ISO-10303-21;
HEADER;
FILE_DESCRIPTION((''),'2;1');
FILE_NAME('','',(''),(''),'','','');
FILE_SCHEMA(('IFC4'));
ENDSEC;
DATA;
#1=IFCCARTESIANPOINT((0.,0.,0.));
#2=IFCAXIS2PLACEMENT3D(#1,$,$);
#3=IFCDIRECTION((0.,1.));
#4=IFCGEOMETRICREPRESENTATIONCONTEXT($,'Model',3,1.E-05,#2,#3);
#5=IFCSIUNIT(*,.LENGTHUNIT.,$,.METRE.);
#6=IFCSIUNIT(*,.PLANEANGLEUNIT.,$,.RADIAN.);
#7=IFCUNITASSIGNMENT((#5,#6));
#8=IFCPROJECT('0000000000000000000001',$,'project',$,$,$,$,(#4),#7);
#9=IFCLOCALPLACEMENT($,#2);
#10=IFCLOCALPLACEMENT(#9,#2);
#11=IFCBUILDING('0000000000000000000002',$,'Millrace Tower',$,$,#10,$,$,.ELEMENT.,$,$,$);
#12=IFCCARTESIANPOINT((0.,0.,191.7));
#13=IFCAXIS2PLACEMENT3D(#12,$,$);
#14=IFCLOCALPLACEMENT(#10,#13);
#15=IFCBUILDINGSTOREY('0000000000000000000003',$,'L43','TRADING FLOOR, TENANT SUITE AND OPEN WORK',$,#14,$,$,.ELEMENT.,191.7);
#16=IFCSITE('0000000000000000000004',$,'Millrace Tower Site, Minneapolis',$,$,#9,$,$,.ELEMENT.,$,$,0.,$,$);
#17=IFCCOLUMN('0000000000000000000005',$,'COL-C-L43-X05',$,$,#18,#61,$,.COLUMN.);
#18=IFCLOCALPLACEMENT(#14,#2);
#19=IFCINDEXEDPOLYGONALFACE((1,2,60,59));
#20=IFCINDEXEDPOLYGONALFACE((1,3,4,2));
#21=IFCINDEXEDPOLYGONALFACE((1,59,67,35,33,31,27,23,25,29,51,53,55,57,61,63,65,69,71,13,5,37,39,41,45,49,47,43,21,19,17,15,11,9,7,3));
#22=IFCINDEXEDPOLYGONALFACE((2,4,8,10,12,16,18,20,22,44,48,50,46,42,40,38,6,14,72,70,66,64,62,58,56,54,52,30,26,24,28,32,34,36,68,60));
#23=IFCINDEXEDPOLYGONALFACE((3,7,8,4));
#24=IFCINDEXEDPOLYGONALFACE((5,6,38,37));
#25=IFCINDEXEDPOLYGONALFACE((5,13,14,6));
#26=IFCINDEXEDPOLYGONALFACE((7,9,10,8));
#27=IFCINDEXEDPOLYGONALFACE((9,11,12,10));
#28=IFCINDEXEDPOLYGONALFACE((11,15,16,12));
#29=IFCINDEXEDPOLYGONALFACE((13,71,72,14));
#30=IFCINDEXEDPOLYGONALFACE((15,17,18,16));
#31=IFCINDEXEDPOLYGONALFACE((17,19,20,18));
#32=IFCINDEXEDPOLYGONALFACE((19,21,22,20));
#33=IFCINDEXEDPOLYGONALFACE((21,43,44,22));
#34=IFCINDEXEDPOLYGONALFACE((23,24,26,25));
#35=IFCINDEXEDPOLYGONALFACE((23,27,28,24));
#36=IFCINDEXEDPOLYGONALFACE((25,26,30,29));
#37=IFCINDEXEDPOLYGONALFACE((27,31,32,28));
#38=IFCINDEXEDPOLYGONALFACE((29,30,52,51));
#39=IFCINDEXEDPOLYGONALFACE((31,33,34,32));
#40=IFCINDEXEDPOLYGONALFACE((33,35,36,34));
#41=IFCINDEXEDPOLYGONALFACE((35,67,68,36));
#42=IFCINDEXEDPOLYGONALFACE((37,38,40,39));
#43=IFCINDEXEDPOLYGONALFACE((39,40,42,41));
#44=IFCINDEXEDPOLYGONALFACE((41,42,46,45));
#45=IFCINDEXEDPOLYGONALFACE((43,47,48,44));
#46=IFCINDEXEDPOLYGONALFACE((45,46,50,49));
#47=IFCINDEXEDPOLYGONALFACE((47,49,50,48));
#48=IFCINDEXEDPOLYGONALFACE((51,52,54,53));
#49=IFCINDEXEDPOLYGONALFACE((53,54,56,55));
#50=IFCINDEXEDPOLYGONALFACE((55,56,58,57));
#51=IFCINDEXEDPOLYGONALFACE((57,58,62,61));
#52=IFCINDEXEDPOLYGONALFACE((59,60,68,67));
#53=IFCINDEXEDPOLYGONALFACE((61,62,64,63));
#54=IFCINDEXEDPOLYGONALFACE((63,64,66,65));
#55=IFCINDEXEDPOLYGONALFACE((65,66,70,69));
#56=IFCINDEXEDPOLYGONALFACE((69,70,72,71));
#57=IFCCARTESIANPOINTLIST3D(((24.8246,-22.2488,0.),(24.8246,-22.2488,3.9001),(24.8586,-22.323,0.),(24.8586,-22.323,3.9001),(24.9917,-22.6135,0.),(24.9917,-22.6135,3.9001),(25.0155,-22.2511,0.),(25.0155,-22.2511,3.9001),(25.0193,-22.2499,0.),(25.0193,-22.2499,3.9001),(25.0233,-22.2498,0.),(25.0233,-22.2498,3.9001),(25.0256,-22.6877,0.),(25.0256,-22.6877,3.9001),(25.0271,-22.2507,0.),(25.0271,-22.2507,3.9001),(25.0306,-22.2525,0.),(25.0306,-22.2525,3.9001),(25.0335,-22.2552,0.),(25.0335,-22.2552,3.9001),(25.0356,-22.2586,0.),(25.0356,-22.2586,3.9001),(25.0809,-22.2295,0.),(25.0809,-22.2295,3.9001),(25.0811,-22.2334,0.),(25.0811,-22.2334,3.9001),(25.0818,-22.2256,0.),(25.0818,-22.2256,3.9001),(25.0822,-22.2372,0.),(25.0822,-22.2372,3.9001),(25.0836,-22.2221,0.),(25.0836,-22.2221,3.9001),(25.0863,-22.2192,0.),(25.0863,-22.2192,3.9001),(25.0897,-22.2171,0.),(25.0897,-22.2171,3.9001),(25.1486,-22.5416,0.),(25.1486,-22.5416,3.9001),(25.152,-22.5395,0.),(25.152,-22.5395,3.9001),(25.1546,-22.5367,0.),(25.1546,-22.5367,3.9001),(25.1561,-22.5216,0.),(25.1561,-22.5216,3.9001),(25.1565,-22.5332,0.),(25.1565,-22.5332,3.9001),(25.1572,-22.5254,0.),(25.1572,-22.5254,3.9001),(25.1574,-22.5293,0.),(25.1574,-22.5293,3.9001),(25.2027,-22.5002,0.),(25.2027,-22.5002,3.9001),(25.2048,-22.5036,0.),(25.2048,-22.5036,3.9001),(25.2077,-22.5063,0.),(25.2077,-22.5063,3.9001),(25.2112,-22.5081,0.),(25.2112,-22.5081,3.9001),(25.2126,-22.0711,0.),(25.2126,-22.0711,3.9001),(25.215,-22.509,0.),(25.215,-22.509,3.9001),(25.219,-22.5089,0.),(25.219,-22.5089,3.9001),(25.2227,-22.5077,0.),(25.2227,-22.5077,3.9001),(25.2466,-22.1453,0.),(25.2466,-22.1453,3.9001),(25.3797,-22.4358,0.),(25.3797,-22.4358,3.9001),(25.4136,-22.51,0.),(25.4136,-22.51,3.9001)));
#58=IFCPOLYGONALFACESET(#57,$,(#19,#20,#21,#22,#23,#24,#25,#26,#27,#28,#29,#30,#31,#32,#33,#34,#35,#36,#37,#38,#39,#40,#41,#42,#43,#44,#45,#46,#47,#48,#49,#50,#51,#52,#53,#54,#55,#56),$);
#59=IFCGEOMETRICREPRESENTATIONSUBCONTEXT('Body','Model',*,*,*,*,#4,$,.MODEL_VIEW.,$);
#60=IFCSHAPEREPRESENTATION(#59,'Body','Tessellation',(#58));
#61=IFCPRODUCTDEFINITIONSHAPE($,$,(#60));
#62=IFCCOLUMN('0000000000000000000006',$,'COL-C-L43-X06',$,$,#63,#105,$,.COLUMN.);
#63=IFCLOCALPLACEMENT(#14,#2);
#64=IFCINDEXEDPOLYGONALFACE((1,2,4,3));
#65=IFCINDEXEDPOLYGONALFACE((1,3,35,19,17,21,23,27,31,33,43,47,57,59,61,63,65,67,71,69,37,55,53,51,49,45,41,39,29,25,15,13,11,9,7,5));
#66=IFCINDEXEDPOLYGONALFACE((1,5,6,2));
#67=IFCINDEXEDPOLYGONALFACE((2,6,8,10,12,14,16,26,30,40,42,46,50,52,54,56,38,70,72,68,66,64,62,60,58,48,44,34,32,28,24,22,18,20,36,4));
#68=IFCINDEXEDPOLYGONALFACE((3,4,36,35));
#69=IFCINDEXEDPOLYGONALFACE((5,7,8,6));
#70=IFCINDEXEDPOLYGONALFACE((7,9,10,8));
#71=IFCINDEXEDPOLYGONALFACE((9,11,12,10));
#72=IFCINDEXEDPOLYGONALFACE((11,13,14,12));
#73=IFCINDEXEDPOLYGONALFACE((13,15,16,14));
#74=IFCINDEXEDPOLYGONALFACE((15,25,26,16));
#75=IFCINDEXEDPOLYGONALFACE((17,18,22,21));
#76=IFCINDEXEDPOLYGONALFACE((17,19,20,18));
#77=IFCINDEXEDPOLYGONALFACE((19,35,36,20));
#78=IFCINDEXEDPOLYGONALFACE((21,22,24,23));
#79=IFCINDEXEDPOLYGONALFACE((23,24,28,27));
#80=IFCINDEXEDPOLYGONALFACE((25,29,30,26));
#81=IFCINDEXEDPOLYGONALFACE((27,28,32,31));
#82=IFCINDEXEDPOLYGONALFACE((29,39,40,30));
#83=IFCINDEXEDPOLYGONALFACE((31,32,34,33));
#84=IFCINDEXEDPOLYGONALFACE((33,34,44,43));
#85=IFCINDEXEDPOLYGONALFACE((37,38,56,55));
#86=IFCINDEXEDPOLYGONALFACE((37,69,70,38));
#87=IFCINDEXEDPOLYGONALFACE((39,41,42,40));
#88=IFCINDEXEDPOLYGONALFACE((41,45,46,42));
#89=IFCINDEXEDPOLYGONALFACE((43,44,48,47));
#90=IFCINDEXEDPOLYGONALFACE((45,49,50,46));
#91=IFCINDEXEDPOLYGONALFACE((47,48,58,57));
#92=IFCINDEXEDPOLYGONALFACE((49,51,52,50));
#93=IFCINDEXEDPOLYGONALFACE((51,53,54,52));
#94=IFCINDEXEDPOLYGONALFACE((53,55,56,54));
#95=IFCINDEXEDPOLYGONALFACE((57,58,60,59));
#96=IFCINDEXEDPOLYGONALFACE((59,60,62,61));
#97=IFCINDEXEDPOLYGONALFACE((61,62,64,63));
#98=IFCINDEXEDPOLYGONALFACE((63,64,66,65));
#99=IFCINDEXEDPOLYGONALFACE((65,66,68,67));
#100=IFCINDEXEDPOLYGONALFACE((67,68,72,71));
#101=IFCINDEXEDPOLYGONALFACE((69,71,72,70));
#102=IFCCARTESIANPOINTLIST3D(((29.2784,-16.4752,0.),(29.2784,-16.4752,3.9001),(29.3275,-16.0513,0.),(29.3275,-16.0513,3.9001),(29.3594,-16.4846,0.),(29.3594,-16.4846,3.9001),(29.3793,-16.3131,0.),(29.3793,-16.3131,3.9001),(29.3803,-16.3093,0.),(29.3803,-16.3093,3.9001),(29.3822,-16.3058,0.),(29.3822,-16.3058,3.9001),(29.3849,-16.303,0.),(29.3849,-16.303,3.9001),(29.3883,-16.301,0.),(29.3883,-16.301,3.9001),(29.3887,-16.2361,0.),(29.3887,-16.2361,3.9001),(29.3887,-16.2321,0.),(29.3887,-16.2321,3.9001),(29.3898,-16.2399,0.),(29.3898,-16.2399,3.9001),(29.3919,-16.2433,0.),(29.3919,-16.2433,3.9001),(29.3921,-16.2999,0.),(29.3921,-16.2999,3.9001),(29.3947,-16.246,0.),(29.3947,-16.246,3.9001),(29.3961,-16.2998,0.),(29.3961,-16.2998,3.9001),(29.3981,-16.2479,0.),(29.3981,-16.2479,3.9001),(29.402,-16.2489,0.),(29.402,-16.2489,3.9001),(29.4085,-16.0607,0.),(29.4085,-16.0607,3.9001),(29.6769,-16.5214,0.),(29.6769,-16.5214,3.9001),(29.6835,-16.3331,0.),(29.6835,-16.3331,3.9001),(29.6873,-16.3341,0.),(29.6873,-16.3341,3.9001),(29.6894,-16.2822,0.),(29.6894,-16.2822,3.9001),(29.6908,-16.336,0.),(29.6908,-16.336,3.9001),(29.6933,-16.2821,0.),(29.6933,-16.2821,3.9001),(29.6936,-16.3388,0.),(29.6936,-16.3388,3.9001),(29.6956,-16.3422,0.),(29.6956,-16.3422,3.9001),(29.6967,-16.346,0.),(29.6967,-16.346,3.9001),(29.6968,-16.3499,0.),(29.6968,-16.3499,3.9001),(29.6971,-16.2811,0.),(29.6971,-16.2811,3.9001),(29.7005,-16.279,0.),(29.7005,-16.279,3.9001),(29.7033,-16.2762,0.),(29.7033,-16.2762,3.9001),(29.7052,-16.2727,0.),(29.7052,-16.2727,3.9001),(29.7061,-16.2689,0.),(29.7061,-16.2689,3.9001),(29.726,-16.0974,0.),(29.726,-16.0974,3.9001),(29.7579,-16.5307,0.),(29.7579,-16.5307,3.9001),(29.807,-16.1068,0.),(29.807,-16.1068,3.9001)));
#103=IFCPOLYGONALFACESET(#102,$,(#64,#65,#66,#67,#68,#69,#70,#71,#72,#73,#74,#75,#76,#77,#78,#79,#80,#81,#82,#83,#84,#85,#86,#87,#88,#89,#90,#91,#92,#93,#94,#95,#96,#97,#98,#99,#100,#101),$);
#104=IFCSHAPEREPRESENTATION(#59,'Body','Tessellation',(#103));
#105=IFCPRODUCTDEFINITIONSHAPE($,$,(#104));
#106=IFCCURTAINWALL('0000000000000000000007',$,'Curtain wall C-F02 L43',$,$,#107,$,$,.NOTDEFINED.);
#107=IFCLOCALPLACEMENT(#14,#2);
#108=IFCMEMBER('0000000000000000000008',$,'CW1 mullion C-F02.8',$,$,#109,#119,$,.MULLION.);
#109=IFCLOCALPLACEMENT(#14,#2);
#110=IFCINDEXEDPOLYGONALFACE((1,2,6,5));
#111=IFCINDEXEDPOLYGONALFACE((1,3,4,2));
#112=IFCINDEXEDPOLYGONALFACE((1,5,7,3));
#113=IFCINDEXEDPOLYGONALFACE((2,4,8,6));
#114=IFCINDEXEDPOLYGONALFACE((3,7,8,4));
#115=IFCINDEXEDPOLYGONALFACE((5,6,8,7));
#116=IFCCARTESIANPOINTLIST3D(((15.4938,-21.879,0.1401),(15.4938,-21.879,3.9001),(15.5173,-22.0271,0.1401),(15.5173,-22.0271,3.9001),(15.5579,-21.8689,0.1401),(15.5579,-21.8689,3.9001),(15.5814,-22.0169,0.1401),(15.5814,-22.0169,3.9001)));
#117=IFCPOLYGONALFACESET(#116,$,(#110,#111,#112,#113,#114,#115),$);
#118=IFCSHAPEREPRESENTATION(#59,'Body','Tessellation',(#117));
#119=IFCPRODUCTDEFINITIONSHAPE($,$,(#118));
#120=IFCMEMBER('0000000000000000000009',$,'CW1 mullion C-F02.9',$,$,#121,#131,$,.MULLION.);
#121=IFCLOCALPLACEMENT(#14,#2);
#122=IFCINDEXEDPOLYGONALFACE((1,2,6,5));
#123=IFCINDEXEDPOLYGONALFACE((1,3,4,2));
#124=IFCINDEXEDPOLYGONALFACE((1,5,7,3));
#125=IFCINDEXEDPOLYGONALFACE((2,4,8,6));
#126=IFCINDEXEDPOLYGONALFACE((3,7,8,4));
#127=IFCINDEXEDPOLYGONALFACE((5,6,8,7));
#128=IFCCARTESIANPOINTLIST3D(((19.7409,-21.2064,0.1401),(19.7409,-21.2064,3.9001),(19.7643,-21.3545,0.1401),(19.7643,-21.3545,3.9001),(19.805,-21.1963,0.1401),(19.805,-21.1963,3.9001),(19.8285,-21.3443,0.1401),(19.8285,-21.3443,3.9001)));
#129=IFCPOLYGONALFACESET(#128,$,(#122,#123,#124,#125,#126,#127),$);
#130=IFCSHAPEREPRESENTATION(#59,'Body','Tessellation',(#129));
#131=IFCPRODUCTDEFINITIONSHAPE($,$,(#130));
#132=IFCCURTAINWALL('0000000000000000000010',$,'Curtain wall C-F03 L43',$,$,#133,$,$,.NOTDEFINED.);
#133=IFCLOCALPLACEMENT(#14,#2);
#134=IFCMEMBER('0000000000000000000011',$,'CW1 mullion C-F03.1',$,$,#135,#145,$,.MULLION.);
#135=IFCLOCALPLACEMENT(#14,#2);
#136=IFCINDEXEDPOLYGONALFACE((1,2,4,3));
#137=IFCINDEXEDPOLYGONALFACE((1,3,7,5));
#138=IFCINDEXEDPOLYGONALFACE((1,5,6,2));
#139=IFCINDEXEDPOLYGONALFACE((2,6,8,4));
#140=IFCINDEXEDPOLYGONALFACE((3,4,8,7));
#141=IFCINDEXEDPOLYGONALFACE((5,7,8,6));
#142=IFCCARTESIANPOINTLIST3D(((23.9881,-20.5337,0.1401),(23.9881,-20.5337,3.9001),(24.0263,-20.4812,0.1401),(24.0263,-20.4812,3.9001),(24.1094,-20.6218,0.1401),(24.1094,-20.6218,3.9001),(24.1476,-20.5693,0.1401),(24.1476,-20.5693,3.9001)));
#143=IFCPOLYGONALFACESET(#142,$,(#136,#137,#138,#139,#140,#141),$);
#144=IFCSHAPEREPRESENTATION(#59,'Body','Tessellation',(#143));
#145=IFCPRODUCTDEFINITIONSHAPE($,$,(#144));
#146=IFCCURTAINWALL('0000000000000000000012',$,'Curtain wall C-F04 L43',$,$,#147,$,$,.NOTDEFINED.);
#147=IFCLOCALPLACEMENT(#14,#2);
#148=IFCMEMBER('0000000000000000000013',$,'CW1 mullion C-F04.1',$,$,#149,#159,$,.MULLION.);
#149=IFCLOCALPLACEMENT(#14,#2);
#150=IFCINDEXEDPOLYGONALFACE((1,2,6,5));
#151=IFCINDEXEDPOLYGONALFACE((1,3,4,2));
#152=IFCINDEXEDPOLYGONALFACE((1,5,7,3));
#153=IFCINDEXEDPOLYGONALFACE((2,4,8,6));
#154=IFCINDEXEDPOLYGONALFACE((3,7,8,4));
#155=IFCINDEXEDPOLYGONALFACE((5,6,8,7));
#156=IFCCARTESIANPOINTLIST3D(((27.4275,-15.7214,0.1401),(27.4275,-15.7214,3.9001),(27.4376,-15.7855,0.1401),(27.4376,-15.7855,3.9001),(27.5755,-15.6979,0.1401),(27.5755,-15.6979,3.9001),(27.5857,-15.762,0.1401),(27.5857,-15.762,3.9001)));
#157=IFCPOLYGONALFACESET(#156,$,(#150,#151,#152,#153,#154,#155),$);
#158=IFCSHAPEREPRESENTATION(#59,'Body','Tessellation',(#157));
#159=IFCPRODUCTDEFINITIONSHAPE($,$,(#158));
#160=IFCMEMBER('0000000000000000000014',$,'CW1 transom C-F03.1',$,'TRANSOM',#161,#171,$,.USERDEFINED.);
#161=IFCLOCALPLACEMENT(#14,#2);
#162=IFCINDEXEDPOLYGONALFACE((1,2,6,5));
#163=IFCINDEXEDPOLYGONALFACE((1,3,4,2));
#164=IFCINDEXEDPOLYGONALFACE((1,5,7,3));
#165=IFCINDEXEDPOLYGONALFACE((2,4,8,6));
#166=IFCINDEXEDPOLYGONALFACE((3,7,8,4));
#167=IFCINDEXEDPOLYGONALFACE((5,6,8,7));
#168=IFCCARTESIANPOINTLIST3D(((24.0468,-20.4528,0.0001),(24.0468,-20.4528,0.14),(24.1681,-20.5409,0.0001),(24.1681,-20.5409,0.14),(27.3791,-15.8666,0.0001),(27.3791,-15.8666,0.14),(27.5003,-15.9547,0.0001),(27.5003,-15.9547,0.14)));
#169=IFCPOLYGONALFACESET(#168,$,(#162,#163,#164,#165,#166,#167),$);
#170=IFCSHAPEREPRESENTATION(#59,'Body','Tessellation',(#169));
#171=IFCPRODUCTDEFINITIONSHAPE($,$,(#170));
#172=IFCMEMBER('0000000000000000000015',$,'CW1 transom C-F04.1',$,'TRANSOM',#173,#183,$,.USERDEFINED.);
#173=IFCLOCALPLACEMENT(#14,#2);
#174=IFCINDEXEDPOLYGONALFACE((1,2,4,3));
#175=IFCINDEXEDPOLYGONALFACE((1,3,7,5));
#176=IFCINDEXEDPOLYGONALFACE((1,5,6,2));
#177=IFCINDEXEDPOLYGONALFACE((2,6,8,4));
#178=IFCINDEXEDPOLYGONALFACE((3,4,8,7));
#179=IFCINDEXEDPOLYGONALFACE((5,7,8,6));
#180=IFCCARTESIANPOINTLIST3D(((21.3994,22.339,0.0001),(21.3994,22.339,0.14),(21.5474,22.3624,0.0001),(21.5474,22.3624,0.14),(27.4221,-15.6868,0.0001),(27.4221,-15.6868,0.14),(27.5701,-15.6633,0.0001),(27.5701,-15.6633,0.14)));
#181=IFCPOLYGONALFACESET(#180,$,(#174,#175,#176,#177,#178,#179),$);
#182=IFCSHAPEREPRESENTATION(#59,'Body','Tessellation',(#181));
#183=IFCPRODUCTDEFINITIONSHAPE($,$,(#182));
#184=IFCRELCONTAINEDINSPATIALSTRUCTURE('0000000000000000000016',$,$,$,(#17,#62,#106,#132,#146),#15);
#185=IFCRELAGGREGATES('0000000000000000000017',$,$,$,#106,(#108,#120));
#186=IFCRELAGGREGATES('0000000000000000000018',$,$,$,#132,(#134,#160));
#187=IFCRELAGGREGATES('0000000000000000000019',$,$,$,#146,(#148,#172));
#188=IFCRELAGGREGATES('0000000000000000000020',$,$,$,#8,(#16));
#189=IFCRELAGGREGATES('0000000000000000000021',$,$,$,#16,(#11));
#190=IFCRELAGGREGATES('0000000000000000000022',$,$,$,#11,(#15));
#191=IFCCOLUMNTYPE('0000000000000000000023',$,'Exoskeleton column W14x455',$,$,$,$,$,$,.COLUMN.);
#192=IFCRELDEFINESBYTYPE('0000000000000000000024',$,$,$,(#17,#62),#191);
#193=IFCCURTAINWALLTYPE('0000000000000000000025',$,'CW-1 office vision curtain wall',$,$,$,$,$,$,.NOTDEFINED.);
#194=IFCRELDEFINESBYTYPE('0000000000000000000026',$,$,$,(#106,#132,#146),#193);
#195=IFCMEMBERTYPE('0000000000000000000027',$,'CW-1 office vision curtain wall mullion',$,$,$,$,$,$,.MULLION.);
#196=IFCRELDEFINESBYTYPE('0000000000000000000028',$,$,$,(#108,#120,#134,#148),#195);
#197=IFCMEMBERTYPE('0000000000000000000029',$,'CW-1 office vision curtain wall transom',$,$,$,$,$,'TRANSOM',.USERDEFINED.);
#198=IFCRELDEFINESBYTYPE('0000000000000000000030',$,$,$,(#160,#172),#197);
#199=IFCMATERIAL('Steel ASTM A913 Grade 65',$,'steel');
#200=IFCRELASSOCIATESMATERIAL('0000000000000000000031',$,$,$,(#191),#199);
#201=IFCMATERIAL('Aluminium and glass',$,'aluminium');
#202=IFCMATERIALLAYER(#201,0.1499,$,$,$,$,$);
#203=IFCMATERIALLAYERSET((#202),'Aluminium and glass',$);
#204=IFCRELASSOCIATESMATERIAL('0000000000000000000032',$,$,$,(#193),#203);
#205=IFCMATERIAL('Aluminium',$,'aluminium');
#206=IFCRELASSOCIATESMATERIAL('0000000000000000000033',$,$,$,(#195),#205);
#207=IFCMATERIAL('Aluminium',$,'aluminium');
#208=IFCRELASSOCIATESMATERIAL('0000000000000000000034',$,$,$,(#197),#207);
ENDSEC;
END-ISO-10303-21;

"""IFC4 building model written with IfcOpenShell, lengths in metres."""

from ifc_helpers import new_model, si_unit, direction, frame, origin, origin_2d, place, context, subcontext, project, spatial, rectangle, i_section, extrude, material, layer, layer_set, material_profile, profile_set, type_object, element, aggregate, save


model = new_model("IFC4")

# Units and contexts
model_context = context("Model", 3, precision=1e-05, world=origin(), true_north=direction((0.0, 1.0)))
body_context = subcontext(model_context, "Body", "Model", "MODEL_VIEW")
ifc_project = project(units=[si_unit("LENGTHUNIT", "METRE"), si_unit("PLANEANGLEUNIT", "RADIAN")], contexts=[model_context])

# Site, building, storey
site_placement = place(None, origin())
site = spatial("IfcSite", under=ifc_project, at=site_placement, Name="Millrace Tower Site, Minneapolis", CompositionType="ELEMENT", RefElevation=0.0)
building_placement = place(site_placement, origin())
building = spatial("IfcBuilding", under=site, at=building_placement, Name="Millrace Tower", CompositionType="ELEMENT")
storey_placement = place(building_placement, frame((0.0, 0.0, 191.7)))
storey = spatial("IfcBuildingStorey", under=building, at=storey_placement, Name="L43", Description="TRADING FLOOR, TENANT SUITE AND OPEN WORK", CompositionType="ELEMENT", Elevation=191.7)

# Columns
ifc_material_1 = material(Name="Steel ASTM A913 Grade 65", Category="steel")
ifc_material_profile_1 = material_profile(ifc_material_1, i_section(OverallWidth=0.4268, OverallDepth=0.4827, WebThickness=0.0513, FlangeThickness=0.0815, FilletRadius=0.0151, at=origin_2d()))
ifc_profile_set_1 = profile_set([ifc_material_profile_1], Name="Steel ASTM A913 Grade 65")
column_type = type_object("IfcColumnType", Name="Exoskeleton column W14x455", PredefinedType="COLUMN", material=ifc_profile_set_1)
for number, where, z_axis, x_axis, name in (
    (1, (25.1191, -22.3794, 0.0), (0.0, 0.0, 1.0), (0.909181, 0.416401, 0.0), "COL-C-L43-X05"),
    (2, (29.5427, -16.291, 0.0), (0.0, 0.0, 1.0), (0.115069, 0.993358, 0.0), "COL-C-L43-X06"),
):
    element("IfcColumn", number, at=place(storey_placement, frame(where, z_axis=z_axis, x_axis=x_axis)), inside=storey, type_object=column_type, Name=name, PredefinedType="COLUMN", context=body_context, shape_type="SweptSolid", body=[
        extrude(i_section(OverallWidth=0.4268, OverallDepth=0.4827, WebThickness=0.0513, FlangeThickness=0.0815, FilletRadius=0.0151, at=origin_2d()), origin(), (0.0, 0.0, 1.0), 3.9001),
    ])

# Curtain wall, members
ifc_material_2 = material(Name="Aluminium and glass", Category="aluminium")
ifc_layer_1 = layer(ifc_material_2, 0.1499)
ifc_layer_set_1 = layer_set([ifc_layer_1], Name="Aluminium and glass")
curtain_wall_type = type_object("IfcCurtainWallType", Name="CW-1 office vision curtain wall", PredefinedType="NOTDEFINED", material=ifc_layer_set_1)
placement = place(storey_placement, origin())
curtain_wall_1 = element("IfcCurtainWall", 3, at=placement, inside=storey, type_object=curtain_wall_type, Name="Curtain wall C-F02 L43", PredefinedType="NOTDEFINED")
ifc_material_3 = material(Name="Aluminium", Category="aluminium")
ifc_material_profile_2 = material_profile(ifc_material_3, rectangle(XDim=0.0649, YDim=0.1499, at=origin_2d()))
ifc_profile_set_2 = profile_set([ifc_material_profile_2], Name="Aluminium")
member_type_1 = type_object("IfcMemberType", Name="CW-1 office vision curtain wall mullion", PredefinedType="MULLION", material=ifc_profile_set_2)
member_1_placement = place(storey_placement, frame((15.5376, -21.948, 0.1401), z_axis=(0.0, 0.0, 1.0), x_axis=(0.987688, 0.156434, 0.0)))
member_1 = element("IfcMember", 4, at=member_1_placement, type_object=member_type_1, Name="CW1 mullion C-F02.8", PredefinedType="MULLION", context=body_context, shape_type="SweptSolid", body=[
    extrude(rectangle(XDim=0.0649, YDim=0.1499, at=origin_2d()), origin(), (0.0, 0.0, 1.0), 3.76),
])
member_2_placement = place(storey_placement, frame((19.7847, -21.2754, 0.1401), z_axis=(0.0, 0.0, 1.0), x_axis=(0.987688, 0.156434, 0.0)))
member_2 = element("IfcMember", 5, at=member_2_placement, type_object=member_type_1, Name="CW1 mullion C-F02.9", PredefinedType="MULLION", context=body_context, shape_type="SweptSolid", body=[
    extrude(rectangle(XDim=0.0649, YDim=0.1499, at=origin_2d()), origin(), (0.0, 0.0, 1.0), 3.76),
])
aggregate(curtain_wall_1, [member_1, member_2])

# Curtain walls, members
curtain_wall_2 = element("IfcCurtainWall", 6, at=placement, inside=storey, type_object=curtain_wall_type, Name="Curtain wall C-F03 L43", PredefinedType="NOTDEFINED")
member_3_placement = place(storey_placement, frame((24.0679, -20.5515, 0.1401), z_axis=(0.0, 0.0, 1.0), x_axis=(0.587785, 0.809017, 0.0)))
member_3 = element("IfcMember", 7, at=member_3_placement, type_object=member_type_1, Name="CW1 mullion C-F03.1", PredefinedType="MULLION", context=body_context, shape_type="SweptSolid", body=[
    extrude(rectangle(XDim=0.0649, YDim=0.1499, at=origin_2d()), origin(), (0.0, 0.0, 1.0), 3.76),
])
curtain_wall_3 = element("IfcCurtainWall", 8, at=placement, inside=storey, type_object=curtain_wall_type, Name="Curtain wall C-F04 L43", PredefinedType="NOTDEFINED")
member_4_placement = place(storey_placement, frame((27.5066, -15.7417, 0.1401), z_axis=(0.0, 0.0, 1.0), x_axis=(-0.156434, 0.987688, 0.0)))
member_4 = element("IfcMember", 9, at=member_4_placement, type_object=member_type_1, Name="CW1 mullion C-F04.1", PredefinedType="MULLION", context=body_context, shape_type="SweptSolid", body=[
    extrude(rectangle(XDim=0.0649, YDim=0.1499, at=origin_2d()), origin(), (0.0, 0.0, 1.0), 3.76),
])

# Members
ifc_material_4 = material(Name="Aluminium", Category="aluminium")
ifc_material_profile_3 = material_profile(ifc_material_4, rectangle(XDim=0.1499, YDim=0.1399, at=origin_2d()))
ifc_profile_set_3 = profile_set([ifc_material_profile_3], Name="Aluminium")
member_type_2 = type_object("IfcMemberType", Name="CW-1 office vision curtain wall transom", ElementType="TRANSOM", PredefinedType="USERDEFINED", material=ifc_profile_set_3)
member_5_placement = place(storey_placement, frame((24.1074, -20.4968, 0.0701), z_axis=(0.587811, 0.808999, 0.0), x_axis=(-0.808999, 0.587811, 0.0)))
member_5 = element("IfcMember", 10, at=member_5_placement, type_object=member_type_2, Name="CW1 transom C-F03.1", ObjectType="TRANSOM", PredefinedType="USERDEFINED", context=body_context, shape_type="SweptSolid", body=[
    extrude(rectangle(XDim=0.1499, YDim=0.1399, at=origin_2d()), origin(), (0.0, 0.0, 1.0), 5.6689),
])
aggregate(curtain_wall_2, [member_3, member_5])
member_6_placement = place(storey_placement, frame((27.4961, -15.675, 0.0701), z_axis=(-0.156434, 0.987688, 0.0), x_axis=(-0.987688, -0.156434, 0.0)))
member_6 = element("IfcMember", 11, at=member_6_placement, type_object=member_type_2, Name="CW1 transom C-F04.1", ObjectType="TRANSOM", PredefinedType="USERDEFINED", context=body_context, shape_type="SweptSolid", body=[
    extrude(rectangle(XDim=0.1499, YDim=0.1399, at=origin_2d()), origin(), (0.0, 0.0, 1.0), 38.4998),
])
aggregate(curtain_wall_3, [member_4, member_6])

save(model, "model.ifc")
